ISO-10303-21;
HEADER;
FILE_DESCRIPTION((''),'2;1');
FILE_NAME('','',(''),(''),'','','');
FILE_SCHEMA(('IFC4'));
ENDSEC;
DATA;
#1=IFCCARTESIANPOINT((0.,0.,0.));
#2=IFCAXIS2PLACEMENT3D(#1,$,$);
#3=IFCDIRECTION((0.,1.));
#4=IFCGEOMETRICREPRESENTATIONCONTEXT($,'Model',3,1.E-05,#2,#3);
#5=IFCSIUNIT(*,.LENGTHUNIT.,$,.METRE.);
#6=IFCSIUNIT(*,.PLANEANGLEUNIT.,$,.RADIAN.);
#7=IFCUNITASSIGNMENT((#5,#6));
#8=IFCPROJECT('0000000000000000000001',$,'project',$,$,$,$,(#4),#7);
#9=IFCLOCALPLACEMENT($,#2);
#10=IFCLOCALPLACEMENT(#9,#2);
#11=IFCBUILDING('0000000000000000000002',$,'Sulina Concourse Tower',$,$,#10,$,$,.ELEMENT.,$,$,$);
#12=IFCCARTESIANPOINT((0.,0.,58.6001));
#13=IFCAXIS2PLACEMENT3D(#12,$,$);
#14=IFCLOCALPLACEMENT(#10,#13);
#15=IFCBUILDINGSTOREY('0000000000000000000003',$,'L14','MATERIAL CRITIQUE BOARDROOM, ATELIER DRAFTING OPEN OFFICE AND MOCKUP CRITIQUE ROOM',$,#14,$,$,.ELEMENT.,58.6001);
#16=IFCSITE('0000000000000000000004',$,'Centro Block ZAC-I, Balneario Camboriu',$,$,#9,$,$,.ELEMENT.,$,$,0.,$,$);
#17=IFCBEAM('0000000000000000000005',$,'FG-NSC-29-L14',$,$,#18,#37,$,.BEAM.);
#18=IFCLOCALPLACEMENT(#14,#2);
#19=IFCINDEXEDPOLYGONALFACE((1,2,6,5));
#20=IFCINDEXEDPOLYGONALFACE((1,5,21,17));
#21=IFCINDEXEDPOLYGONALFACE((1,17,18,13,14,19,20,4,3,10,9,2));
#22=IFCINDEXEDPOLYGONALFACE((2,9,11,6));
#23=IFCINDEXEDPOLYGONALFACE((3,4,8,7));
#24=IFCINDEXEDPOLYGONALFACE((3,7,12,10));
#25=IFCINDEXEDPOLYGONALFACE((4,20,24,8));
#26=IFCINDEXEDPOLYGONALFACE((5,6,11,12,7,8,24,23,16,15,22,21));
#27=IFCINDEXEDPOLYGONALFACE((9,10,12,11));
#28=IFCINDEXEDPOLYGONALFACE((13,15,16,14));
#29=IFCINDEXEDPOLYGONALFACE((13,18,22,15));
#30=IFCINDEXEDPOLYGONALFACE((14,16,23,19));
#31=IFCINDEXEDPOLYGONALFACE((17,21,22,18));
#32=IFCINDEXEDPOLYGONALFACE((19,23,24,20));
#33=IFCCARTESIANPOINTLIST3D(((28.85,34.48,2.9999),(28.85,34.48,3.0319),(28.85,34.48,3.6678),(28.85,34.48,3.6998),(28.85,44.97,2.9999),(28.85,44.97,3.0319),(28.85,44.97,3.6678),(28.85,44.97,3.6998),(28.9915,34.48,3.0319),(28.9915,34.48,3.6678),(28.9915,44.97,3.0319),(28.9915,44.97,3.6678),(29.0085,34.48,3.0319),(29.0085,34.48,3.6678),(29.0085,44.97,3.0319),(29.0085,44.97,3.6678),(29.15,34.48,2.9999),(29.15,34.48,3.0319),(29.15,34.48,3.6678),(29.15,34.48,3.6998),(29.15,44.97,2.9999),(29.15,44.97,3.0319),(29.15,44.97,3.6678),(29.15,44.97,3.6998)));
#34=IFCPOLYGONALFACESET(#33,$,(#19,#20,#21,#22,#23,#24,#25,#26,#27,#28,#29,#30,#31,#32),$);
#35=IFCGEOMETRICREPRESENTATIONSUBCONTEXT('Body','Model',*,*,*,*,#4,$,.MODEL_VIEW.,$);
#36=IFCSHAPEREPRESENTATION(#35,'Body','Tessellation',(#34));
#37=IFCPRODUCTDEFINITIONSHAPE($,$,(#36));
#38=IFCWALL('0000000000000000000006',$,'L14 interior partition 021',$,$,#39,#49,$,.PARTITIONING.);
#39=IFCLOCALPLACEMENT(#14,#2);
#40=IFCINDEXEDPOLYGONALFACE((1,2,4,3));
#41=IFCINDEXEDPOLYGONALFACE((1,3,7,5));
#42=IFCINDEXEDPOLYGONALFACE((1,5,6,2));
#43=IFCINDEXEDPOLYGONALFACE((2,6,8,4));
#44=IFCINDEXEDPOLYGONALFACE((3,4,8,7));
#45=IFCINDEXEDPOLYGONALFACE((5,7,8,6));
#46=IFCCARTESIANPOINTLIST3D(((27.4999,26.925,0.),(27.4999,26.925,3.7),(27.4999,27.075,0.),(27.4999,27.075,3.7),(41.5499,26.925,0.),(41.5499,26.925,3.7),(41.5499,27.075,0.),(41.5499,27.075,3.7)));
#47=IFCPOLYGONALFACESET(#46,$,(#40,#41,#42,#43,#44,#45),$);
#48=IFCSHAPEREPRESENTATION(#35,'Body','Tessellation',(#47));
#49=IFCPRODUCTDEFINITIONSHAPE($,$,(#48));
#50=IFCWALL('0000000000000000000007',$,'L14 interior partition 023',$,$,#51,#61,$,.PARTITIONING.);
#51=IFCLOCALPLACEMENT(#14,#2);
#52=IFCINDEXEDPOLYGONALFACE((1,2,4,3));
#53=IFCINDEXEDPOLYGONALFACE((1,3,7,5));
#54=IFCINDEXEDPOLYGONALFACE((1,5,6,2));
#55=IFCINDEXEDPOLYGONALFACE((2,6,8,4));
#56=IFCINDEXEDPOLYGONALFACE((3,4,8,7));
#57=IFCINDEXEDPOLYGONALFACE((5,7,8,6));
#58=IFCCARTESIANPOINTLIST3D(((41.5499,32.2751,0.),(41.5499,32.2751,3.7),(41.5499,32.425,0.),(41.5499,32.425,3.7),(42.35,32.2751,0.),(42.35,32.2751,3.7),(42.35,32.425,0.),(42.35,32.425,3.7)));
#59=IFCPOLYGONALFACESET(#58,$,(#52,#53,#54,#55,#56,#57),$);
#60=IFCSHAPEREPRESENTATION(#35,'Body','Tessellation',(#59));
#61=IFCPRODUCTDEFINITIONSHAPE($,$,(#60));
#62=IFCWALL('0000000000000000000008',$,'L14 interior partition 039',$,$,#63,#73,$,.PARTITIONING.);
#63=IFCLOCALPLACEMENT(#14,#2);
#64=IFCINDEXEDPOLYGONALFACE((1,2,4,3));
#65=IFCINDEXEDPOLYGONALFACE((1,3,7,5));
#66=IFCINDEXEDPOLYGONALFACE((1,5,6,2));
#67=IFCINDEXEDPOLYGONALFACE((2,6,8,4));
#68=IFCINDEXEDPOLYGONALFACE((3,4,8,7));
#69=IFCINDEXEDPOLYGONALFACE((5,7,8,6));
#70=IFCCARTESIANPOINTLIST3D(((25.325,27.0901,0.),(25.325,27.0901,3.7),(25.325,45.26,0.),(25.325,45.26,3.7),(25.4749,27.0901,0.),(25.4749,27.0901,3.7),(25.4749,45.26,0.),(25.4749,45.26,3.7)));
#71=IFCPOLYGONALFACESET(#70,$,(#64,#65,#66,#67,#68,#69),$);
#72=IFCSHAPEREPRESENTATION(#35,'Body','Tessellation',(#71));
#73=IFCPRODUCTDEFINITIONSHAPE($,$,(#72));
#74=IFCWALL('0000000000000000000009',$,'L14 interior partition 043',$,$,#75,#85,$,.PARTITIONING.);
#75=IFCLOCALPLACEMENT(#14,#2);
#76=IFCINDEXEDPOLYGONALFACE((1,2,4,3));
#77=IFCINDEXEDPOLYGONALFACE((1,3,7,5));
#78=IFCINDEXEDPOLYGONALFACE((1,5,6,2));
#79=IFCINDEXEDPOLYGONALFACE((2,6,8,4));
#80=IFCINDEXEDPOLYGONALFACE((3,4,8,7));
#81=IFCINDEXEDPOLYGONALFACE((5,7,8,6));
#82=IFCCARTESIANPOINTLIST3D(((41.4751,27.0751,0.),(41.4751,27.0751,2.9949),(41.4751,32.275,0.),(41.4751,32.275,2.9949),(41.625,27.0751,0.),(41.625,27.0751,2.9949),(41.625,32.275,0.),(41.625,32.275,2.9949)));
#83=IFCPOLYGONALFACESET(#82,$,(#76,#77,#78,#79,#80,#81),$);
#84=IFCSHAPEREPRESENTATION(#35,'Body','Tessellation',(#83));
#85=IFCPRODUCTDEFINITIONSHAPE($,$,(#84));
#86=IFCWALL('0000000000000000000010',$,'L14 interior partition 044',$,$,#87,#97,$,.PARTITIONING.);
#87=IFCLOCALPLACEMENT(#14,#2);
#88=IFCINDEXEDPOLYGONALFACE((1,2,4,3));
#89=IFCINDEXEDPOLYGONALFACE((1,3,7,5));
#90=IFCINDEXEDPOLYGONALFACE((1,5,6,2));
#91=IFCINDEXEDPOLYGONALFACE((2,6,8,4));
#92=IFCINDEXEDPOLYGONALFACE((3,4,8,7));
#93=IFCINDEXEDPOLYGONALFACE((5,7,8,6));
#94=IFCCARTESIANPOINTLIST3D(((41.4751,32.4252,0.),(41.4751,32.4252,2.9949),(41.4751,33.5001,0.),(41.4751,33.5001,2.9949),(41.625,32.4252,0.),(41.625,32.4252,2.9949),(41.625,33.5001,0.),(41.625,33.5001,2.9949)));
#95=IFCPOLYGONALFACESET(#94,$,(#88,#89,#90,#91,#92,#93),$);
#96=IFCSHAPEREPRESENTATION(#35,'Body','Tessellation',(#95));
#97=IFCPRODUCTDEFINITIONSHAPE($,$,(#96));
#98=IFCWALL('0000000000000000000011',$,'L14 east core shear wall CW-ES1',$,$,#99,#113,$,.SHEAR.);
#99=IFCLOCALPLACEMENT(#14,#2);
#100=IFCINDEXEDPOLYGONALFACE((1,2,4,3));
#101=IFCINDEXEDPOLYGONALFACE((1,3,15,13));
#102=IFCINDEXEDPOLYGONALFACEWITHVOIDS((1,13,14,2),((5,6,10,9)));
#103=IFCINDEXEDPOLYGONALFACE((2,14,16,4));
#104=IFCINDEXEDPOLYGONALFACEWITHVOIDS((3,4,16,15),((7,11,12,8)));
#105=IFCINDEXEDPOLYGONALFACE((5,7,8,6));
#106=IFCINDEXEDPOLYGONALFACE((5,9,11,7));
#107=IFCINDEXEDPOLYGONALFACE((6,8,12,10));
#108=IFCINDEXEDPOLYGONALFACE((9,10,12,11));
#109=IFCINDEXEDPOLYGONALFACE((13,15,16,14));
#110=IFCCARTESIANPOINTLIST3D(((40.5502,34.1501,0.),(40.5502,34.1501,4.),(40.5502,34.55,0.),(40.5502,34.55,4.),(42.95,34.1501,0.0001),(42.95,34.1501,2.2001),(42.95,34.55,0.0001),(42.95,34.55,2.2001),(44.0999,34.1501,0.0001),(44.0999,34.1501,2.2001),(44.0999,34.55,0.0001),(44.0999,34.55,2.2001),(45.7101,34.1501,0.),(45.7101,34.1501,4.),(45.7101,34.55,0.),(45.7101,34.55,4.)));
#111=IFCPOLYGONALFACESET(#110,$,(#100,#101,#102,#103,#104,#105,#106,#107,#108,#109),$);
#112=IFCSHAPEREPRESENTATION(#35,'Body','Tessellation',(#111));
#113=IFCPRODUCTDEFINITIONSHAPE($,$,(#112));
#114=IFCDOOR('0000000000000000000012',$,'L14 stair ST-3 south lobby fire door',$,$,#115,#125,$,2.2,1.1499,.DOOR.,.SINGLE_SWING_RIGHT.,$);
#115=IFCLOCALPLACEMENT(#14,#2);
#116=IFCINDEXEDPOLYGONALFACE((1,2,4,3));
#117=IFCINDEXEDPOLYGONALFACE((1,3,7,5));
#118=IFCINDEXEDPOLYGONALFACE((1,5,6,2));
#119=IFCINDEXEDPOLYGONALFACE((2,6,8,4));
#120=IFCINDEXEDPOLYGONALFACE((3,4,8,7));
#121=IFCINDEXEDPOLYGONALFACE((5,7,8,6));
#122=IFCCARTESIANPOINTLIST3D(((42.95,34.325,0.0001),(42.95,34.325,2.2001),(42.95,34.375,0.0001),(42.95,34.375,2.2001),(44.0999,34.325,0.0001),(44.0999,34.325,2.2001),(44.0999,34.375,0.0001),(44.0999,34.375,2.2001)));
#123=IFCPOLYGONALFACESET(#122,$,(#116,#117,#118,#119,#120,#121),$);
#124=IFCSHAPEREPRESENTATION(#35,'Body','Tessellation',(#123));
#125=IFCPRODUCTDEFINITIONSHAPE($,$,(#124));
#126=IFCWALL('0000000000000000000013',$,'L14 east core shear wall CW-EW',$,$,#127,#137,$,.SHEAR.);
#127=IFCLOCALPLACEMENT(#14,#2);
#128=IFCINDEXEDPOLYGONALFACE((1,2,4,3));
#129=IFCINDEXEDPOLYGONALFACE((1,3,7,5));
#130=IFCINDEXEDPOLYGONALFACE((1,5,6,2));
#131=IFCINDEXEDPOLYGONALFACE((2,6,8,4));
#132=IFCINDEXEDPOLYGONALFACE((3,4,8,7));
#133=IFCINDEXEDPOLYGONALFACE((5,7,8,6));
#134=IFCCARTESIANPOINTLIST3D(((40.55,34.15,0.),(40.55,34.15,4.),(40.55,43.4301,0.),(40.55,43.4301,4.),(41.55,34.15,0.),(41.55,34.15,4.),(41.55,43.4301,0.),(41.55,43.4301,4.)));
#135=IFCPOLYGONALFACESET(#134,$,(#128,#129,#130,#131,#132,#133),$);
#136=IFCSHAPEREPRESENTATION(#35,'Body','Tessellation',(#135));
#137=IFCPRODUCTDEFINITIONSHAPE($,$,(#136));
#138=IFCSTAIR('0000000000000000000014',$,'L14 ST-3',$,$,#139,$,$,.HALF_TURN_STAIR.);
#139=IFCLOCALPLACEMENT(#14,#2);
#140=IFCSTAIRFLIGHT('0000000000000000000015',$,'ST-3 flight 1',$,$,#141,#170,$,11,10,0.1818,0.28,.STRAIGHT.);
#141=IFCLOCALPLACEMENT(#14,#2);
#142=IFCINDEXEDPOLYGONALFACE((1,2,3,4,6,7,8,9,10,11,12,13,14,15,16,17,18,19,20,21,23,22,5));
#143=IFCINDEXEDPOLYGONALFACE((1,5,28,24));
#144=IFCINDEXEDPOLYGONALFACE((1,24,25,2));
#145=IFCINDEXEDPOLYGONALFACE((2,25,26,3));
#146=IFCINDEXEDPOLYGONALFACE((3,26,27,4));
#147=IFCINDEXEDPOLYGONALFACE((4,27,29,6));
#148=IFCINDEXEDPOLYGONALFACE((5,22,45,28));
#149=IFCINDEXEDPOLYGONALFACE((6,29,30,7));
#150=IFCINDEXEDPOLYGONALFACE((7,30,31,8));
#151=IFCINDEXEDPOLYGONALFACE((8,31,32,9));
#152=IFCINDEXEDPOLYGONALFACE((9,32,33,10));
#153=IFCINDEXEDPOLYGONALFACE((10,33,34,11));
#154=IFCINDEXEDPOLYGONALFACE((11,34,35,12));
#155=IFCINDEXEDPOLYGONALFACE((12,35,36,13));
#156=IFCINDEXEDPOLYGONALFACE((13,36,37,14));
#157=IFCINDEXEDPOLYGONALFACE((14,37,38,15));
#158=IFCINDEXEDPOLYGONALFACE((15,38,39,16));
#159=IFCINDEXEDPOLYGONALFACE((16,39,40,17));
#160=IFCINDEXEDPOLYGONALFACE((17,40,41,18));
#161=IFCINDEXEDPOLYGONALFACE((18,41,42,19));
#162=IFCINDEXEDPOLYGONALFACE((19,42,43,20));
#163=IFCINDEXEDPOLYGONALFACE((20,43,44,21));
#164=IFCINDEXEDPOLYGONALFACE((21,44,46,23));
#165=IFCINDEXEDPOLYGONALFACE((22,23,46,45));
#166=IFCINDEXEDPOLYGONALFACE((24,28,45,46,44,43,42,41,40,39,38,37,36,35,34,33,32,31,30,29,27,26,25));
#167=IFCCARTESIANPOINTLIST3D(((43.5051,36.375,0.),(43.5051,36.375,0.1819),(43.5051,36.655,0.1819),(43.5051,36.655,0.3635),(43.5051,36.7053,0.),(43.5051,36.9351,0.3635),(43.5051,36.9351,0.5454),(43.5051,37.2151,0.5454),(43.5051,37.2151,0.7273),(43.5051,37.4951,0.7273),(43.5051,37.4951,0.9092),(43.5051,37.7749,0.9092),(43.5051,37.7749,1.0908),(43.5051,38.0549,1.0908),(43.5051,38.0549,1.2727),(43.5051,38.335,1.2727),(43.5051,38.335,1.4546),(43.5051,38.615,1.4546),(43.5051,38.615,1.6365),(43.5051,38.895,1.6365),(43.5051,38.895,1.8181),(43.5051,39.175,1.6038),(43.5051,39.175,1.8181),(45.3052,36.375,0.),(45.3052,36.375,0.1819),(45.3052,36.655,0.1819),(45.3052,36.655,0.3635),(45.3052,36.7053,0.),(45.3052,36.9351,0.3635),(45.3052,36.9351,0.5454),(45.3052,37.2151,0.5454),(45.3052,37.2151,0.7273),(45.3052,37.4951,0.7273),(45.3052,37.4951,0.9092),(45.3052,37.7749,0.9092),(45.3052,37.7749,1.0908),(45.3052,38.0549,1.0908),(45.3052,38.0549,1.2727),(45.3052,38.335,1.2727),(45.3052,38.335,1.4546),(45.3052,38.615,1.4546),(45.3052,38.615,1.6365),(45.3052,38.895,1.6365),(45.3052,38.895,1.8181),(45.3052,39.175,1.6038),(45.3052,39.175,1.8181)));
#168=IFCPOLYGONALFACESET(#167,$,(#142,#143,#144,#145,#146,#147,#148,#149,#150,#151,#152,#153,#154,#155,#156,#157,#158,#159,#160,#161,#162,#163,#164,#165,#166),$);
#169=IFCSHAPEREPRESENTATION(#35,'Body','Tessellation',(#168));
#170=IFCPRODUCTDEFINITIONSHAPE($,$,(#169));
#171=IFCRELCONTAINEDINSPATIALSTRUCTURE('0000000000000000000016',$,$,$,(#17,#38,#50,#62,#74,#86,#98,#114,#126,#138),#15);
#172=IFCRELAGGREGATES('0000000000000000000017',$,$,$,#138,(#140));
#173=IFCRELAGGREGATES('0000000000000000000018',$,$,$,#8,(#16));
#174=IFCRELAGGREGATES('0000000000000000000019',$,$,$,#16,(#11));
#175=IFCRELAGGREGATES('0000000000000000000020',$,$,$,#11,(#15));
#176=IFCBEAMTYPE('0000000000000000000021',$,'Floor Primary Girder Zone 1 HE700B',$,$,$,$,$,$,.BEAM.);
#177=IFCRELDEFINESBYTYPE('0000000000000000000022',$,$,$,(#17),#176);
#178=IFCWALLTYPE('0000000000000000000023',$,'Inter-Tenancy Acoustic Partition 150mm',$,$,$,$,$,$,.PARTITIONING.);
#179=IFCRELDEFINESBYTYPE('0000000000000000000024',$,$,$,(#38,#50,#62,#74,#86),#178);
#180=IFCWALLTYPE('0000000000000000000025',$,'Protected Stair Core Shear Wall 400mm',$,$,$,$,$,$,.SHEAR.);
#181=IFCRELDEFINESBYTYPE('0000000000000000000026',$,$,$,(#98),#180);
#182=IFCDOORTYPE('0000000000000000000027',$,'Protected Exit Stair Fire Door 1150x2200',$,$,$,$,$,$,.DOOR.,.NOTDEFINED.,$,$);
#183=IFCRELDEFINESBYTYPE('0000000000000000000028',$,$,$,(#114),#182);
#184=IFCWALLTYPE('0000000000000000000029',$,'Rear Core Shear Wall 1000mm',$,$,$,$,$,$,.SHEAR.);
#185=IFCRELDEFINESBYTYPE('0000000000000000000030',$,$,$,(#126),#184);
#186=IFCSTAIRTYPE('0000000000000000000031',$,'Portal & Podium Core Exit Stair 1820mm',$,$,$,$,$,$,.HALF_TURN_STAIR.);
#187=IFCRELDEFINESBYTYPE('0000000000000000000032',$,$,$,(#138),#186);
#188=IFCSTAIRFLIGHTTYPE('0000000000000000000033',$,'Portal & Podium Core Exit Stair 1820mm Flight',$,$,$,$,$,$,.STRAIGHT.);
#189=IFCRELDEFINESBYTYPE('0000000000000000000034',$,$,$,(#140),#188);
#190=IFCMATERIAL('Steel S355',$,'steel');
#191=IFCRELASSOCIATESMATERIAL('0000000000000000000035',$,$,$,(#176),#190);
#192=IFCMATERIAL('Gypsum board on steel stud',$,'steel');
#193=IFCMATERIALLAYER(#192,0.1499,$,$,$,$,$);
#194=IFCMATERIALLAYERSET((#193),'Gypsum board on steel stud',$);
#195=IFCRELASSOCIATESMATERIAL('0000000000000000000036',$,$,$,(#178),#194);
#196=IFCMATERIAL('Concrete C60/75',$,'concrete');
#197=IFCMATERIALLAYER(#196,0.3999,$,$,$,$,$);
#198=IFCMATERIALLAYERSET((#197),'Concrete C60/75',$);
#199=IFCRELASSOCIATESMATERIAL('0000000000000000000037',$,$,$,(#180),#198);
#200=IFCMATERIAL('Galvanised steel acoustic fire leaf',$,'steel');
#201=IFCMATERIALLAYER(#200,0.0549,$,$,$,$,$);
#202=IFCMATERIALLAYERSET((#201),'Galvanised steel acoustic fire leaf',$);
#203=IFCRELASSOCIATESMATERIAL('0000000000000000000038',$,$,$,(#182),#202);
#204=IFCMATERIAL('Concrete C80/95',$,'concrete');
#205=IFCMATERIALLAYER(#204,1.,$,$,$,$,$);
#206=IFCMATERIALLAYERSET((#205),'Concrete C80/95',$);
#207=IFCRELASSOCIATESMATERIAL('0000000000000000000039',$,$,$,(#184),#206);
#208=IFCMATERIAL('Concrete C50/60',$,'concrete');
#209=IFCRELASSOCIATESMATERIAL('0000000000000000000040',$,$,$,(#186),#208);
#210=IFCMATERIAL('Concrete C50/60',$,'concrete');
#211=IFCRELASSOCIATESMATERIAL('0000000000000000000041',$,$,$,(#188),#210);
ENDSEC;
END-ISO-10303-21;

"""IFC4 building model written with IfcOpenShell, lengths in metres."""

from ifc_helpers import new_model, si_unit, direction, frame, frame_2d, origin, origin_2d, place, context, subcontext, project, spatial, polyline, rectangle, i_section, outline, extrude, material, layer, layer_set, material_profile, profile_set, type_object, element, fill, aggregate, save


model = new_model("IFC4")

# Units and contexts
model_context = context("Model", 3, precision=1e-05, world=origin(), true_north=direction((0.0, 1.0)))
body_context = subcontext(model_context, "Body", "Model", "MODEL_VIEW")
ifc_project = project(units=[si_unit("LENGTHUNIT", "METRE"), si_unit("PLANEANGLEUNIT", "RADIAN")], contexts=[model_context])

# Site, building, storey
site_placement = place(None, origin())
site = spatial("IfcSite", under=ifc_project, at=site_placement, Name="Centro Block ZAC-I, Balneario Camboriu", CompositionType="ELEMENT", RefElevation=0.0)
building_placement = place(site_placement, origin())
building = spatial("IfcBuilding", under=site, at=building_placement, Name="Sulina Concourse Tower", CompositionType="ELEMENT")
storey_placement = place(building_placement, frame((0.0, 0.0, 58.6001)))
storey = spatial("IfcBuildingStorey", under=building, at=storey_placement, Name="L14", Description="MATERIAL CRITIQUE BOARDROOM, ATELIER DRAFTING OPEN OFFICE AND MOCKUP CRITIQUE ROOM", CompositionType="ELEMENT", Elevation=58.6001)

# Beam
ifc_material_1 = material(Name="Steel S355", Category="steel")
ifc_material_profile_1 = material_profile(ifc_material_1, i_section(OverallWidth=0.3, OverallDepth=0.7, WebThickness=0.0171, FlangeThickness=0.032, at=origin_2d()), Name="HE 700 B")
ifc_profile_set_1 = profile_set([ifc_material_profile_1], Name="Steel S355")
beam_type_1 = type_object("IfcBeamType", Name="Floor Primary Girder Zone 1 HE700B", PredefinedType="BEAM", material=ifc_profile_set_1)
beam_1_placement = place(storey_placement, frame((29.0, 34.48, 3.3499), z_axis=(0.0, 1.0, 0.0), x_axis=(-1.0, 0.0, 0.0)))
element("IfcBeam", 1, at=beam_1_placement, inside=storey, type_object=beam_type_1, Name="FG-NSC-29-L14", PredefinedType="BEAM", context=body_context, shape_type="SweptSolid", body=[
    extrude(i_section(OverallWidth=0.3, OverallDepth=0.7, WebThickness=0.0171, FlangeThickness=0.032, at=origin_2d()), origin(), (0.0, 0.0, 1.0), 10.49),
])

# Walls
ifc_material_2 = material(Name="Gypsum board on steel stud", Category="steel")
ifc_layer_1 = layer(ifc_material_2, 0.1499)
ifc_layer_set_1 = layer_set([ifc_layer_1], Name="Gypsum board on steel stud")
wall_type_1 = type_object("IfcWallType", Name="Inter-Tenancy Acoustic Partition 150mm", PredefinedType="PARTITIONING", material=ifc_layer_set_1)
wall_1_placement = place(storey_placement, frame((27.5, 27.0, 0.0), z_axis=(0.0, 0.0, 1.0), x_axis=(1.0, 0.0, 0.0)))
element("IfcWall", 2, at=wall_1_placement, inside=storey, type_object=wall_type_1, Name="L14 interior partition 021", PredefinedType="PARTITIONING", context=body_context, shape_type="SweptSolid", body=[
    extrude(rectangle(XDim=14.05, YDim=0.1499, at=frame_2d((7.0249, 0.0))), origin(), (0.0, 0.0, 1.0), 3.7),
])
wall_2_placement = place(storey_placement, frame((41.55, 32.3501, 0.0), z_axis=(0.0, 0.0, 1.0), x_axis=(1.0, 0.0, 0.0)))
element("IfcWall", 3, at=wall_2_placement, inside=storey, type_object=wall_type_1, Name="L14 interior partition 023", PredefinedType="PARTITIONING", context=body_context, shape_type="SweptSolid", body=[
    extrude(rectangle(XDim=0.8, YDim=0.1499, at=frame_2d((0.3999, 0.0))), origin(), (0.0, 0.0, 1.0), 3.7),
])
wall_3_placement = place(storey_placement, frame((25.3999, 27.0901, 0.0), z_axis=(0.0, 0.0, 1.0), x_axis=(0.0, 1.0, 0.0)))
element("IfcWall", 4, at=wall_3_placement, inside=storey, type_object=wall_type_1, Name="L14 interior partition 039", PredefinedType="PARTITIONING", context=body_context, shape_type="SweptSolid", body=[
    extrude(rectangle(XDim=18.1699, YDim=0.1499, at=frame_2d((9.085, 0.0))), origin(), (0.0, 0.0, 1.0), 3.7),
])
wall_4_placement = place(storey_placement, frame((41.55, 27.075, 0.0), z_axis=(0.0, 0.0, 1.0), x_axis=(0.0, 1.0, 0.0)))
element("IfcWall", 5, at=wall_4_placement, inside=storey, type_object=wall_type_1, Name="L14 interior partition 043", PredefinedType="PARTITIONING", context=body_context, shape_type="SweptSolid", body=[
    extrude(rectangle(XDim=5.2, YDim=0.1499, at=frame_2d((2.6001, 0.0))), origin(), (0.0, 0.0, 1.0), 2.9949),
])
wall_5_placement = place(storey_placement, frame((41.55, 32.425, 0.0), z_axis=(0.0, 0.0, 1.0), x_axis=(0.0, 1.0, 0.0)))
element("IfcWall", 6, at=wall_5_placement, inside=storey, type_object=wall_type_1, Name="L14 interior partition 044", PredefinedType="PARTITIONING", context=body_context, shape_type="SweptSolid", body=[
    extrude(rectangle(XDim=1.075, YDim=0.1499, at=frame_2d((0.5376, 0.0))), origin(), (0.0, 0.0, 1.0), 2.9949),
])

# Wall, opening, door
ifc_material_3 = material(Name="Concrete C60/75", Category="concrete")
ifc_layer_2 = layer(ifc_material_3, 0.3999)
ifc_layer_set_2 = layer_set([ifc_layer_2], Name="Concrete C60/75")
wall_type_2 = type_object("IfcWallType", Name="Protected Stair Core Shear Wall 400mm", PredefinedType="SHEAR", material=ifc_layer_set_2)
wall_6_placement = place(storey_placement, frame((40.55, 34.3501, 0.0), z_axis=(0.0, 0.0, 1.0), x_axis=(1.0, 0.0, 0.0)))
wall_6 = element("IfcWall", 7, at=wall_6_placement, inside=storey, type_object=wall_type_2, Name="L14 east core shear wall CW-ES1", PredefinedType="SHEAR", context=body_context, shape_type="SweptSolid", body=[
    extrude(rectangle(XDim=5.1599, YDim=0.3999, at=frame_2d((2.5801, 0.0))), origin(), (0.0, 0.0, 1.0), 4.0),
])
opening_1_placement = place(wall_6_placement, frame((2.3999, 0.0, 0.0)))
opening_1 = element("IfcOpeningElement", 8, at=opening_1_placement, cuts=wall_6, PredefinedType="OPENING", context=body_context, shape_type="SweptSolid", body=[
    extrude(rectangle(XDim=1.1499, YDim=2.2, at=frame_2d((0.575, 1.1001))), frame((0.0, 0.21, 0.0), z_axis=(0.0, -1.0, 0.0), x_axis=(1.0, 0.0, 0.0)), (0.0, 0.0, 1.0), 0.4199),
])
ifc_material_4 = material(Name="Galvanised steel acoustic fire leaf", Category="steel")
ifc_layer_3 = layer(ifc_material_4, 0.0549)
ifc_layer_set_3 = layer_set([ifc_layer_3], Name="Galvanised steel acoustic fire leaf")
door_type_1 = type_object("IfcDoorType", Name="Protected Exit Stair Fire Door 1150x2200", OperationType="NOTDEFINED", PredefinedType="DOOR", material=ifc_layer_set_3)
door_1_placement = place(opening_1_placement, origin())
door_1 = element("IfcDoor", 9, at=door_1_placement, inside=storey, type_object=door_type_1, Name="L14 stair ST-3 south lobby fire door", OperationType="SINGLE_SWING_RIGHT", OverallHeight=2.2, OverallWidth=1.1499, PredefinedType="DOOR", context=body_context, shape_type="SweptSolid", body=[
    extrude(rectangle(XDim=1.1499, YDim=2.2, at=frame_2d((0.575, 1.1001))), frame((0.0, 0.0249, 0.0), z_axis=(0.0, -1.0, 0.0), x_axis=(1.0, 0.0, 0.0)), (0.0, 0.0, 1.0), 0.05),
])
fill(opening_1, door_1)

# Wall
ifc_material_5 = material(Name="Concrete C80/95", Category="concrete")
ifc_layer_4 = layer(ifc_material_5, 1.0)
ifc_layer_set_4 = layer_set([ifc_layer_4], Name="Concrete C80/95")
wall_type_3 = type_object("IfcWallType", Name="Rear Core Shear Wall 1000mm", PredefinedType="SHEAR", material=ifc_layer_set_4)
wall_7_placement = place(storey_placement, frame((41.05, 34.1499, 0.0), z_axis=(0.0, 0.0, 1.0), x_axis=(0.0, 1.0, 0.0)))
element("IfcWall", 10, at=wall_7_placement, inside=storey, type_object=wall_type_3, Name="L14 east core shear wall CW-EW", PredefinedType="SHEAR", context=body_context, shape_type="SweptSolid", body=[
    extrude(rectangle(XDim=9.28, YDim=1.0, at=frame_2d((4.6401, 0.0))), origin(), (0.0, 0.0, 1.0), 4.0),
])

# Stair, stair flight
ifc_material_6 = material(Name="Concrete C50/60", Category="concrete")
stair_type = type_object("IfcStairType", Name="Portal & Podium Core Exit Stair 1820mm", PredefinedType="HALF_TURN_STAIR", material=ifc_material_6)
stair_placement = place(storey_placement, origin())
stair = element("IfcStair", 11, at=stair_placement, inside=storey, type_object=stair_type, Name="L14 ST-3", PredefinedType="HALF_TURN_STAIR")
ifc_material_7 = material(Name="Concrete C50/60", Category="concrete")
stair_flight_type = type_object("IfcStairFlightType", Name="Portal & Podium Core Exit Stair 1820mm Flight", PredefinedType="STRAIGHT", material=ifc_material_7)
stair_flight_placement = place(storey_placement, frame((44.405, 36.375, 0.0), z_axis=(0.0, 0.0, 1.0), x_axis=(0.0, 1.0, 0.0)))
stair_flight = element("IfcStairFlight", 12, at=stair_flight_placement, type_object=stair_flight_type, Name="ST-3 flight 1", NumberOfRisers=11, NumberOfTreads=10, PredefinedType="STRAIGHT", RiserHeight=0.1818, TreadLength=0.28, context=body_context, shape_type="SweptSolid", body=[
    extrude(outline(polyline([(0.0, 0.0), (0.0, 0.1819), (0.28, 0.1819), (0.28, 0.3635), (0.5601, 0.3635), (0.5601, 0.5454), (0.8401, 0.5454), (0.8401, 0.7273), (1.1201, 0.7273), (1.1201, 0.9092), (1.3999, 0.9092), (1.3999, 1.0908), (1.6799, 1.0908), (1.6799, 1.2727), (1.96, 1.2727), (1.96, 1.4546), (2.24, 1.4546), (2.24, 1.6365), (2.52, 1.6365), (2.52, 1.8181), (2.8, 1.8181), (2.8, 2.0), (2.8, 1.6038), (0.3303, 0.0), (0.0, 0.0)])), frame((0.0, 0.8999, 0.0), z_axis=(0.0, -1.0, 0.0), x_axis=(1.0, 0.0, 0.0)), (0.0, 0.0, 1.0), 1.8),
])
aggregate(stair, [stair_flight])

save(model, "model.ifc")
